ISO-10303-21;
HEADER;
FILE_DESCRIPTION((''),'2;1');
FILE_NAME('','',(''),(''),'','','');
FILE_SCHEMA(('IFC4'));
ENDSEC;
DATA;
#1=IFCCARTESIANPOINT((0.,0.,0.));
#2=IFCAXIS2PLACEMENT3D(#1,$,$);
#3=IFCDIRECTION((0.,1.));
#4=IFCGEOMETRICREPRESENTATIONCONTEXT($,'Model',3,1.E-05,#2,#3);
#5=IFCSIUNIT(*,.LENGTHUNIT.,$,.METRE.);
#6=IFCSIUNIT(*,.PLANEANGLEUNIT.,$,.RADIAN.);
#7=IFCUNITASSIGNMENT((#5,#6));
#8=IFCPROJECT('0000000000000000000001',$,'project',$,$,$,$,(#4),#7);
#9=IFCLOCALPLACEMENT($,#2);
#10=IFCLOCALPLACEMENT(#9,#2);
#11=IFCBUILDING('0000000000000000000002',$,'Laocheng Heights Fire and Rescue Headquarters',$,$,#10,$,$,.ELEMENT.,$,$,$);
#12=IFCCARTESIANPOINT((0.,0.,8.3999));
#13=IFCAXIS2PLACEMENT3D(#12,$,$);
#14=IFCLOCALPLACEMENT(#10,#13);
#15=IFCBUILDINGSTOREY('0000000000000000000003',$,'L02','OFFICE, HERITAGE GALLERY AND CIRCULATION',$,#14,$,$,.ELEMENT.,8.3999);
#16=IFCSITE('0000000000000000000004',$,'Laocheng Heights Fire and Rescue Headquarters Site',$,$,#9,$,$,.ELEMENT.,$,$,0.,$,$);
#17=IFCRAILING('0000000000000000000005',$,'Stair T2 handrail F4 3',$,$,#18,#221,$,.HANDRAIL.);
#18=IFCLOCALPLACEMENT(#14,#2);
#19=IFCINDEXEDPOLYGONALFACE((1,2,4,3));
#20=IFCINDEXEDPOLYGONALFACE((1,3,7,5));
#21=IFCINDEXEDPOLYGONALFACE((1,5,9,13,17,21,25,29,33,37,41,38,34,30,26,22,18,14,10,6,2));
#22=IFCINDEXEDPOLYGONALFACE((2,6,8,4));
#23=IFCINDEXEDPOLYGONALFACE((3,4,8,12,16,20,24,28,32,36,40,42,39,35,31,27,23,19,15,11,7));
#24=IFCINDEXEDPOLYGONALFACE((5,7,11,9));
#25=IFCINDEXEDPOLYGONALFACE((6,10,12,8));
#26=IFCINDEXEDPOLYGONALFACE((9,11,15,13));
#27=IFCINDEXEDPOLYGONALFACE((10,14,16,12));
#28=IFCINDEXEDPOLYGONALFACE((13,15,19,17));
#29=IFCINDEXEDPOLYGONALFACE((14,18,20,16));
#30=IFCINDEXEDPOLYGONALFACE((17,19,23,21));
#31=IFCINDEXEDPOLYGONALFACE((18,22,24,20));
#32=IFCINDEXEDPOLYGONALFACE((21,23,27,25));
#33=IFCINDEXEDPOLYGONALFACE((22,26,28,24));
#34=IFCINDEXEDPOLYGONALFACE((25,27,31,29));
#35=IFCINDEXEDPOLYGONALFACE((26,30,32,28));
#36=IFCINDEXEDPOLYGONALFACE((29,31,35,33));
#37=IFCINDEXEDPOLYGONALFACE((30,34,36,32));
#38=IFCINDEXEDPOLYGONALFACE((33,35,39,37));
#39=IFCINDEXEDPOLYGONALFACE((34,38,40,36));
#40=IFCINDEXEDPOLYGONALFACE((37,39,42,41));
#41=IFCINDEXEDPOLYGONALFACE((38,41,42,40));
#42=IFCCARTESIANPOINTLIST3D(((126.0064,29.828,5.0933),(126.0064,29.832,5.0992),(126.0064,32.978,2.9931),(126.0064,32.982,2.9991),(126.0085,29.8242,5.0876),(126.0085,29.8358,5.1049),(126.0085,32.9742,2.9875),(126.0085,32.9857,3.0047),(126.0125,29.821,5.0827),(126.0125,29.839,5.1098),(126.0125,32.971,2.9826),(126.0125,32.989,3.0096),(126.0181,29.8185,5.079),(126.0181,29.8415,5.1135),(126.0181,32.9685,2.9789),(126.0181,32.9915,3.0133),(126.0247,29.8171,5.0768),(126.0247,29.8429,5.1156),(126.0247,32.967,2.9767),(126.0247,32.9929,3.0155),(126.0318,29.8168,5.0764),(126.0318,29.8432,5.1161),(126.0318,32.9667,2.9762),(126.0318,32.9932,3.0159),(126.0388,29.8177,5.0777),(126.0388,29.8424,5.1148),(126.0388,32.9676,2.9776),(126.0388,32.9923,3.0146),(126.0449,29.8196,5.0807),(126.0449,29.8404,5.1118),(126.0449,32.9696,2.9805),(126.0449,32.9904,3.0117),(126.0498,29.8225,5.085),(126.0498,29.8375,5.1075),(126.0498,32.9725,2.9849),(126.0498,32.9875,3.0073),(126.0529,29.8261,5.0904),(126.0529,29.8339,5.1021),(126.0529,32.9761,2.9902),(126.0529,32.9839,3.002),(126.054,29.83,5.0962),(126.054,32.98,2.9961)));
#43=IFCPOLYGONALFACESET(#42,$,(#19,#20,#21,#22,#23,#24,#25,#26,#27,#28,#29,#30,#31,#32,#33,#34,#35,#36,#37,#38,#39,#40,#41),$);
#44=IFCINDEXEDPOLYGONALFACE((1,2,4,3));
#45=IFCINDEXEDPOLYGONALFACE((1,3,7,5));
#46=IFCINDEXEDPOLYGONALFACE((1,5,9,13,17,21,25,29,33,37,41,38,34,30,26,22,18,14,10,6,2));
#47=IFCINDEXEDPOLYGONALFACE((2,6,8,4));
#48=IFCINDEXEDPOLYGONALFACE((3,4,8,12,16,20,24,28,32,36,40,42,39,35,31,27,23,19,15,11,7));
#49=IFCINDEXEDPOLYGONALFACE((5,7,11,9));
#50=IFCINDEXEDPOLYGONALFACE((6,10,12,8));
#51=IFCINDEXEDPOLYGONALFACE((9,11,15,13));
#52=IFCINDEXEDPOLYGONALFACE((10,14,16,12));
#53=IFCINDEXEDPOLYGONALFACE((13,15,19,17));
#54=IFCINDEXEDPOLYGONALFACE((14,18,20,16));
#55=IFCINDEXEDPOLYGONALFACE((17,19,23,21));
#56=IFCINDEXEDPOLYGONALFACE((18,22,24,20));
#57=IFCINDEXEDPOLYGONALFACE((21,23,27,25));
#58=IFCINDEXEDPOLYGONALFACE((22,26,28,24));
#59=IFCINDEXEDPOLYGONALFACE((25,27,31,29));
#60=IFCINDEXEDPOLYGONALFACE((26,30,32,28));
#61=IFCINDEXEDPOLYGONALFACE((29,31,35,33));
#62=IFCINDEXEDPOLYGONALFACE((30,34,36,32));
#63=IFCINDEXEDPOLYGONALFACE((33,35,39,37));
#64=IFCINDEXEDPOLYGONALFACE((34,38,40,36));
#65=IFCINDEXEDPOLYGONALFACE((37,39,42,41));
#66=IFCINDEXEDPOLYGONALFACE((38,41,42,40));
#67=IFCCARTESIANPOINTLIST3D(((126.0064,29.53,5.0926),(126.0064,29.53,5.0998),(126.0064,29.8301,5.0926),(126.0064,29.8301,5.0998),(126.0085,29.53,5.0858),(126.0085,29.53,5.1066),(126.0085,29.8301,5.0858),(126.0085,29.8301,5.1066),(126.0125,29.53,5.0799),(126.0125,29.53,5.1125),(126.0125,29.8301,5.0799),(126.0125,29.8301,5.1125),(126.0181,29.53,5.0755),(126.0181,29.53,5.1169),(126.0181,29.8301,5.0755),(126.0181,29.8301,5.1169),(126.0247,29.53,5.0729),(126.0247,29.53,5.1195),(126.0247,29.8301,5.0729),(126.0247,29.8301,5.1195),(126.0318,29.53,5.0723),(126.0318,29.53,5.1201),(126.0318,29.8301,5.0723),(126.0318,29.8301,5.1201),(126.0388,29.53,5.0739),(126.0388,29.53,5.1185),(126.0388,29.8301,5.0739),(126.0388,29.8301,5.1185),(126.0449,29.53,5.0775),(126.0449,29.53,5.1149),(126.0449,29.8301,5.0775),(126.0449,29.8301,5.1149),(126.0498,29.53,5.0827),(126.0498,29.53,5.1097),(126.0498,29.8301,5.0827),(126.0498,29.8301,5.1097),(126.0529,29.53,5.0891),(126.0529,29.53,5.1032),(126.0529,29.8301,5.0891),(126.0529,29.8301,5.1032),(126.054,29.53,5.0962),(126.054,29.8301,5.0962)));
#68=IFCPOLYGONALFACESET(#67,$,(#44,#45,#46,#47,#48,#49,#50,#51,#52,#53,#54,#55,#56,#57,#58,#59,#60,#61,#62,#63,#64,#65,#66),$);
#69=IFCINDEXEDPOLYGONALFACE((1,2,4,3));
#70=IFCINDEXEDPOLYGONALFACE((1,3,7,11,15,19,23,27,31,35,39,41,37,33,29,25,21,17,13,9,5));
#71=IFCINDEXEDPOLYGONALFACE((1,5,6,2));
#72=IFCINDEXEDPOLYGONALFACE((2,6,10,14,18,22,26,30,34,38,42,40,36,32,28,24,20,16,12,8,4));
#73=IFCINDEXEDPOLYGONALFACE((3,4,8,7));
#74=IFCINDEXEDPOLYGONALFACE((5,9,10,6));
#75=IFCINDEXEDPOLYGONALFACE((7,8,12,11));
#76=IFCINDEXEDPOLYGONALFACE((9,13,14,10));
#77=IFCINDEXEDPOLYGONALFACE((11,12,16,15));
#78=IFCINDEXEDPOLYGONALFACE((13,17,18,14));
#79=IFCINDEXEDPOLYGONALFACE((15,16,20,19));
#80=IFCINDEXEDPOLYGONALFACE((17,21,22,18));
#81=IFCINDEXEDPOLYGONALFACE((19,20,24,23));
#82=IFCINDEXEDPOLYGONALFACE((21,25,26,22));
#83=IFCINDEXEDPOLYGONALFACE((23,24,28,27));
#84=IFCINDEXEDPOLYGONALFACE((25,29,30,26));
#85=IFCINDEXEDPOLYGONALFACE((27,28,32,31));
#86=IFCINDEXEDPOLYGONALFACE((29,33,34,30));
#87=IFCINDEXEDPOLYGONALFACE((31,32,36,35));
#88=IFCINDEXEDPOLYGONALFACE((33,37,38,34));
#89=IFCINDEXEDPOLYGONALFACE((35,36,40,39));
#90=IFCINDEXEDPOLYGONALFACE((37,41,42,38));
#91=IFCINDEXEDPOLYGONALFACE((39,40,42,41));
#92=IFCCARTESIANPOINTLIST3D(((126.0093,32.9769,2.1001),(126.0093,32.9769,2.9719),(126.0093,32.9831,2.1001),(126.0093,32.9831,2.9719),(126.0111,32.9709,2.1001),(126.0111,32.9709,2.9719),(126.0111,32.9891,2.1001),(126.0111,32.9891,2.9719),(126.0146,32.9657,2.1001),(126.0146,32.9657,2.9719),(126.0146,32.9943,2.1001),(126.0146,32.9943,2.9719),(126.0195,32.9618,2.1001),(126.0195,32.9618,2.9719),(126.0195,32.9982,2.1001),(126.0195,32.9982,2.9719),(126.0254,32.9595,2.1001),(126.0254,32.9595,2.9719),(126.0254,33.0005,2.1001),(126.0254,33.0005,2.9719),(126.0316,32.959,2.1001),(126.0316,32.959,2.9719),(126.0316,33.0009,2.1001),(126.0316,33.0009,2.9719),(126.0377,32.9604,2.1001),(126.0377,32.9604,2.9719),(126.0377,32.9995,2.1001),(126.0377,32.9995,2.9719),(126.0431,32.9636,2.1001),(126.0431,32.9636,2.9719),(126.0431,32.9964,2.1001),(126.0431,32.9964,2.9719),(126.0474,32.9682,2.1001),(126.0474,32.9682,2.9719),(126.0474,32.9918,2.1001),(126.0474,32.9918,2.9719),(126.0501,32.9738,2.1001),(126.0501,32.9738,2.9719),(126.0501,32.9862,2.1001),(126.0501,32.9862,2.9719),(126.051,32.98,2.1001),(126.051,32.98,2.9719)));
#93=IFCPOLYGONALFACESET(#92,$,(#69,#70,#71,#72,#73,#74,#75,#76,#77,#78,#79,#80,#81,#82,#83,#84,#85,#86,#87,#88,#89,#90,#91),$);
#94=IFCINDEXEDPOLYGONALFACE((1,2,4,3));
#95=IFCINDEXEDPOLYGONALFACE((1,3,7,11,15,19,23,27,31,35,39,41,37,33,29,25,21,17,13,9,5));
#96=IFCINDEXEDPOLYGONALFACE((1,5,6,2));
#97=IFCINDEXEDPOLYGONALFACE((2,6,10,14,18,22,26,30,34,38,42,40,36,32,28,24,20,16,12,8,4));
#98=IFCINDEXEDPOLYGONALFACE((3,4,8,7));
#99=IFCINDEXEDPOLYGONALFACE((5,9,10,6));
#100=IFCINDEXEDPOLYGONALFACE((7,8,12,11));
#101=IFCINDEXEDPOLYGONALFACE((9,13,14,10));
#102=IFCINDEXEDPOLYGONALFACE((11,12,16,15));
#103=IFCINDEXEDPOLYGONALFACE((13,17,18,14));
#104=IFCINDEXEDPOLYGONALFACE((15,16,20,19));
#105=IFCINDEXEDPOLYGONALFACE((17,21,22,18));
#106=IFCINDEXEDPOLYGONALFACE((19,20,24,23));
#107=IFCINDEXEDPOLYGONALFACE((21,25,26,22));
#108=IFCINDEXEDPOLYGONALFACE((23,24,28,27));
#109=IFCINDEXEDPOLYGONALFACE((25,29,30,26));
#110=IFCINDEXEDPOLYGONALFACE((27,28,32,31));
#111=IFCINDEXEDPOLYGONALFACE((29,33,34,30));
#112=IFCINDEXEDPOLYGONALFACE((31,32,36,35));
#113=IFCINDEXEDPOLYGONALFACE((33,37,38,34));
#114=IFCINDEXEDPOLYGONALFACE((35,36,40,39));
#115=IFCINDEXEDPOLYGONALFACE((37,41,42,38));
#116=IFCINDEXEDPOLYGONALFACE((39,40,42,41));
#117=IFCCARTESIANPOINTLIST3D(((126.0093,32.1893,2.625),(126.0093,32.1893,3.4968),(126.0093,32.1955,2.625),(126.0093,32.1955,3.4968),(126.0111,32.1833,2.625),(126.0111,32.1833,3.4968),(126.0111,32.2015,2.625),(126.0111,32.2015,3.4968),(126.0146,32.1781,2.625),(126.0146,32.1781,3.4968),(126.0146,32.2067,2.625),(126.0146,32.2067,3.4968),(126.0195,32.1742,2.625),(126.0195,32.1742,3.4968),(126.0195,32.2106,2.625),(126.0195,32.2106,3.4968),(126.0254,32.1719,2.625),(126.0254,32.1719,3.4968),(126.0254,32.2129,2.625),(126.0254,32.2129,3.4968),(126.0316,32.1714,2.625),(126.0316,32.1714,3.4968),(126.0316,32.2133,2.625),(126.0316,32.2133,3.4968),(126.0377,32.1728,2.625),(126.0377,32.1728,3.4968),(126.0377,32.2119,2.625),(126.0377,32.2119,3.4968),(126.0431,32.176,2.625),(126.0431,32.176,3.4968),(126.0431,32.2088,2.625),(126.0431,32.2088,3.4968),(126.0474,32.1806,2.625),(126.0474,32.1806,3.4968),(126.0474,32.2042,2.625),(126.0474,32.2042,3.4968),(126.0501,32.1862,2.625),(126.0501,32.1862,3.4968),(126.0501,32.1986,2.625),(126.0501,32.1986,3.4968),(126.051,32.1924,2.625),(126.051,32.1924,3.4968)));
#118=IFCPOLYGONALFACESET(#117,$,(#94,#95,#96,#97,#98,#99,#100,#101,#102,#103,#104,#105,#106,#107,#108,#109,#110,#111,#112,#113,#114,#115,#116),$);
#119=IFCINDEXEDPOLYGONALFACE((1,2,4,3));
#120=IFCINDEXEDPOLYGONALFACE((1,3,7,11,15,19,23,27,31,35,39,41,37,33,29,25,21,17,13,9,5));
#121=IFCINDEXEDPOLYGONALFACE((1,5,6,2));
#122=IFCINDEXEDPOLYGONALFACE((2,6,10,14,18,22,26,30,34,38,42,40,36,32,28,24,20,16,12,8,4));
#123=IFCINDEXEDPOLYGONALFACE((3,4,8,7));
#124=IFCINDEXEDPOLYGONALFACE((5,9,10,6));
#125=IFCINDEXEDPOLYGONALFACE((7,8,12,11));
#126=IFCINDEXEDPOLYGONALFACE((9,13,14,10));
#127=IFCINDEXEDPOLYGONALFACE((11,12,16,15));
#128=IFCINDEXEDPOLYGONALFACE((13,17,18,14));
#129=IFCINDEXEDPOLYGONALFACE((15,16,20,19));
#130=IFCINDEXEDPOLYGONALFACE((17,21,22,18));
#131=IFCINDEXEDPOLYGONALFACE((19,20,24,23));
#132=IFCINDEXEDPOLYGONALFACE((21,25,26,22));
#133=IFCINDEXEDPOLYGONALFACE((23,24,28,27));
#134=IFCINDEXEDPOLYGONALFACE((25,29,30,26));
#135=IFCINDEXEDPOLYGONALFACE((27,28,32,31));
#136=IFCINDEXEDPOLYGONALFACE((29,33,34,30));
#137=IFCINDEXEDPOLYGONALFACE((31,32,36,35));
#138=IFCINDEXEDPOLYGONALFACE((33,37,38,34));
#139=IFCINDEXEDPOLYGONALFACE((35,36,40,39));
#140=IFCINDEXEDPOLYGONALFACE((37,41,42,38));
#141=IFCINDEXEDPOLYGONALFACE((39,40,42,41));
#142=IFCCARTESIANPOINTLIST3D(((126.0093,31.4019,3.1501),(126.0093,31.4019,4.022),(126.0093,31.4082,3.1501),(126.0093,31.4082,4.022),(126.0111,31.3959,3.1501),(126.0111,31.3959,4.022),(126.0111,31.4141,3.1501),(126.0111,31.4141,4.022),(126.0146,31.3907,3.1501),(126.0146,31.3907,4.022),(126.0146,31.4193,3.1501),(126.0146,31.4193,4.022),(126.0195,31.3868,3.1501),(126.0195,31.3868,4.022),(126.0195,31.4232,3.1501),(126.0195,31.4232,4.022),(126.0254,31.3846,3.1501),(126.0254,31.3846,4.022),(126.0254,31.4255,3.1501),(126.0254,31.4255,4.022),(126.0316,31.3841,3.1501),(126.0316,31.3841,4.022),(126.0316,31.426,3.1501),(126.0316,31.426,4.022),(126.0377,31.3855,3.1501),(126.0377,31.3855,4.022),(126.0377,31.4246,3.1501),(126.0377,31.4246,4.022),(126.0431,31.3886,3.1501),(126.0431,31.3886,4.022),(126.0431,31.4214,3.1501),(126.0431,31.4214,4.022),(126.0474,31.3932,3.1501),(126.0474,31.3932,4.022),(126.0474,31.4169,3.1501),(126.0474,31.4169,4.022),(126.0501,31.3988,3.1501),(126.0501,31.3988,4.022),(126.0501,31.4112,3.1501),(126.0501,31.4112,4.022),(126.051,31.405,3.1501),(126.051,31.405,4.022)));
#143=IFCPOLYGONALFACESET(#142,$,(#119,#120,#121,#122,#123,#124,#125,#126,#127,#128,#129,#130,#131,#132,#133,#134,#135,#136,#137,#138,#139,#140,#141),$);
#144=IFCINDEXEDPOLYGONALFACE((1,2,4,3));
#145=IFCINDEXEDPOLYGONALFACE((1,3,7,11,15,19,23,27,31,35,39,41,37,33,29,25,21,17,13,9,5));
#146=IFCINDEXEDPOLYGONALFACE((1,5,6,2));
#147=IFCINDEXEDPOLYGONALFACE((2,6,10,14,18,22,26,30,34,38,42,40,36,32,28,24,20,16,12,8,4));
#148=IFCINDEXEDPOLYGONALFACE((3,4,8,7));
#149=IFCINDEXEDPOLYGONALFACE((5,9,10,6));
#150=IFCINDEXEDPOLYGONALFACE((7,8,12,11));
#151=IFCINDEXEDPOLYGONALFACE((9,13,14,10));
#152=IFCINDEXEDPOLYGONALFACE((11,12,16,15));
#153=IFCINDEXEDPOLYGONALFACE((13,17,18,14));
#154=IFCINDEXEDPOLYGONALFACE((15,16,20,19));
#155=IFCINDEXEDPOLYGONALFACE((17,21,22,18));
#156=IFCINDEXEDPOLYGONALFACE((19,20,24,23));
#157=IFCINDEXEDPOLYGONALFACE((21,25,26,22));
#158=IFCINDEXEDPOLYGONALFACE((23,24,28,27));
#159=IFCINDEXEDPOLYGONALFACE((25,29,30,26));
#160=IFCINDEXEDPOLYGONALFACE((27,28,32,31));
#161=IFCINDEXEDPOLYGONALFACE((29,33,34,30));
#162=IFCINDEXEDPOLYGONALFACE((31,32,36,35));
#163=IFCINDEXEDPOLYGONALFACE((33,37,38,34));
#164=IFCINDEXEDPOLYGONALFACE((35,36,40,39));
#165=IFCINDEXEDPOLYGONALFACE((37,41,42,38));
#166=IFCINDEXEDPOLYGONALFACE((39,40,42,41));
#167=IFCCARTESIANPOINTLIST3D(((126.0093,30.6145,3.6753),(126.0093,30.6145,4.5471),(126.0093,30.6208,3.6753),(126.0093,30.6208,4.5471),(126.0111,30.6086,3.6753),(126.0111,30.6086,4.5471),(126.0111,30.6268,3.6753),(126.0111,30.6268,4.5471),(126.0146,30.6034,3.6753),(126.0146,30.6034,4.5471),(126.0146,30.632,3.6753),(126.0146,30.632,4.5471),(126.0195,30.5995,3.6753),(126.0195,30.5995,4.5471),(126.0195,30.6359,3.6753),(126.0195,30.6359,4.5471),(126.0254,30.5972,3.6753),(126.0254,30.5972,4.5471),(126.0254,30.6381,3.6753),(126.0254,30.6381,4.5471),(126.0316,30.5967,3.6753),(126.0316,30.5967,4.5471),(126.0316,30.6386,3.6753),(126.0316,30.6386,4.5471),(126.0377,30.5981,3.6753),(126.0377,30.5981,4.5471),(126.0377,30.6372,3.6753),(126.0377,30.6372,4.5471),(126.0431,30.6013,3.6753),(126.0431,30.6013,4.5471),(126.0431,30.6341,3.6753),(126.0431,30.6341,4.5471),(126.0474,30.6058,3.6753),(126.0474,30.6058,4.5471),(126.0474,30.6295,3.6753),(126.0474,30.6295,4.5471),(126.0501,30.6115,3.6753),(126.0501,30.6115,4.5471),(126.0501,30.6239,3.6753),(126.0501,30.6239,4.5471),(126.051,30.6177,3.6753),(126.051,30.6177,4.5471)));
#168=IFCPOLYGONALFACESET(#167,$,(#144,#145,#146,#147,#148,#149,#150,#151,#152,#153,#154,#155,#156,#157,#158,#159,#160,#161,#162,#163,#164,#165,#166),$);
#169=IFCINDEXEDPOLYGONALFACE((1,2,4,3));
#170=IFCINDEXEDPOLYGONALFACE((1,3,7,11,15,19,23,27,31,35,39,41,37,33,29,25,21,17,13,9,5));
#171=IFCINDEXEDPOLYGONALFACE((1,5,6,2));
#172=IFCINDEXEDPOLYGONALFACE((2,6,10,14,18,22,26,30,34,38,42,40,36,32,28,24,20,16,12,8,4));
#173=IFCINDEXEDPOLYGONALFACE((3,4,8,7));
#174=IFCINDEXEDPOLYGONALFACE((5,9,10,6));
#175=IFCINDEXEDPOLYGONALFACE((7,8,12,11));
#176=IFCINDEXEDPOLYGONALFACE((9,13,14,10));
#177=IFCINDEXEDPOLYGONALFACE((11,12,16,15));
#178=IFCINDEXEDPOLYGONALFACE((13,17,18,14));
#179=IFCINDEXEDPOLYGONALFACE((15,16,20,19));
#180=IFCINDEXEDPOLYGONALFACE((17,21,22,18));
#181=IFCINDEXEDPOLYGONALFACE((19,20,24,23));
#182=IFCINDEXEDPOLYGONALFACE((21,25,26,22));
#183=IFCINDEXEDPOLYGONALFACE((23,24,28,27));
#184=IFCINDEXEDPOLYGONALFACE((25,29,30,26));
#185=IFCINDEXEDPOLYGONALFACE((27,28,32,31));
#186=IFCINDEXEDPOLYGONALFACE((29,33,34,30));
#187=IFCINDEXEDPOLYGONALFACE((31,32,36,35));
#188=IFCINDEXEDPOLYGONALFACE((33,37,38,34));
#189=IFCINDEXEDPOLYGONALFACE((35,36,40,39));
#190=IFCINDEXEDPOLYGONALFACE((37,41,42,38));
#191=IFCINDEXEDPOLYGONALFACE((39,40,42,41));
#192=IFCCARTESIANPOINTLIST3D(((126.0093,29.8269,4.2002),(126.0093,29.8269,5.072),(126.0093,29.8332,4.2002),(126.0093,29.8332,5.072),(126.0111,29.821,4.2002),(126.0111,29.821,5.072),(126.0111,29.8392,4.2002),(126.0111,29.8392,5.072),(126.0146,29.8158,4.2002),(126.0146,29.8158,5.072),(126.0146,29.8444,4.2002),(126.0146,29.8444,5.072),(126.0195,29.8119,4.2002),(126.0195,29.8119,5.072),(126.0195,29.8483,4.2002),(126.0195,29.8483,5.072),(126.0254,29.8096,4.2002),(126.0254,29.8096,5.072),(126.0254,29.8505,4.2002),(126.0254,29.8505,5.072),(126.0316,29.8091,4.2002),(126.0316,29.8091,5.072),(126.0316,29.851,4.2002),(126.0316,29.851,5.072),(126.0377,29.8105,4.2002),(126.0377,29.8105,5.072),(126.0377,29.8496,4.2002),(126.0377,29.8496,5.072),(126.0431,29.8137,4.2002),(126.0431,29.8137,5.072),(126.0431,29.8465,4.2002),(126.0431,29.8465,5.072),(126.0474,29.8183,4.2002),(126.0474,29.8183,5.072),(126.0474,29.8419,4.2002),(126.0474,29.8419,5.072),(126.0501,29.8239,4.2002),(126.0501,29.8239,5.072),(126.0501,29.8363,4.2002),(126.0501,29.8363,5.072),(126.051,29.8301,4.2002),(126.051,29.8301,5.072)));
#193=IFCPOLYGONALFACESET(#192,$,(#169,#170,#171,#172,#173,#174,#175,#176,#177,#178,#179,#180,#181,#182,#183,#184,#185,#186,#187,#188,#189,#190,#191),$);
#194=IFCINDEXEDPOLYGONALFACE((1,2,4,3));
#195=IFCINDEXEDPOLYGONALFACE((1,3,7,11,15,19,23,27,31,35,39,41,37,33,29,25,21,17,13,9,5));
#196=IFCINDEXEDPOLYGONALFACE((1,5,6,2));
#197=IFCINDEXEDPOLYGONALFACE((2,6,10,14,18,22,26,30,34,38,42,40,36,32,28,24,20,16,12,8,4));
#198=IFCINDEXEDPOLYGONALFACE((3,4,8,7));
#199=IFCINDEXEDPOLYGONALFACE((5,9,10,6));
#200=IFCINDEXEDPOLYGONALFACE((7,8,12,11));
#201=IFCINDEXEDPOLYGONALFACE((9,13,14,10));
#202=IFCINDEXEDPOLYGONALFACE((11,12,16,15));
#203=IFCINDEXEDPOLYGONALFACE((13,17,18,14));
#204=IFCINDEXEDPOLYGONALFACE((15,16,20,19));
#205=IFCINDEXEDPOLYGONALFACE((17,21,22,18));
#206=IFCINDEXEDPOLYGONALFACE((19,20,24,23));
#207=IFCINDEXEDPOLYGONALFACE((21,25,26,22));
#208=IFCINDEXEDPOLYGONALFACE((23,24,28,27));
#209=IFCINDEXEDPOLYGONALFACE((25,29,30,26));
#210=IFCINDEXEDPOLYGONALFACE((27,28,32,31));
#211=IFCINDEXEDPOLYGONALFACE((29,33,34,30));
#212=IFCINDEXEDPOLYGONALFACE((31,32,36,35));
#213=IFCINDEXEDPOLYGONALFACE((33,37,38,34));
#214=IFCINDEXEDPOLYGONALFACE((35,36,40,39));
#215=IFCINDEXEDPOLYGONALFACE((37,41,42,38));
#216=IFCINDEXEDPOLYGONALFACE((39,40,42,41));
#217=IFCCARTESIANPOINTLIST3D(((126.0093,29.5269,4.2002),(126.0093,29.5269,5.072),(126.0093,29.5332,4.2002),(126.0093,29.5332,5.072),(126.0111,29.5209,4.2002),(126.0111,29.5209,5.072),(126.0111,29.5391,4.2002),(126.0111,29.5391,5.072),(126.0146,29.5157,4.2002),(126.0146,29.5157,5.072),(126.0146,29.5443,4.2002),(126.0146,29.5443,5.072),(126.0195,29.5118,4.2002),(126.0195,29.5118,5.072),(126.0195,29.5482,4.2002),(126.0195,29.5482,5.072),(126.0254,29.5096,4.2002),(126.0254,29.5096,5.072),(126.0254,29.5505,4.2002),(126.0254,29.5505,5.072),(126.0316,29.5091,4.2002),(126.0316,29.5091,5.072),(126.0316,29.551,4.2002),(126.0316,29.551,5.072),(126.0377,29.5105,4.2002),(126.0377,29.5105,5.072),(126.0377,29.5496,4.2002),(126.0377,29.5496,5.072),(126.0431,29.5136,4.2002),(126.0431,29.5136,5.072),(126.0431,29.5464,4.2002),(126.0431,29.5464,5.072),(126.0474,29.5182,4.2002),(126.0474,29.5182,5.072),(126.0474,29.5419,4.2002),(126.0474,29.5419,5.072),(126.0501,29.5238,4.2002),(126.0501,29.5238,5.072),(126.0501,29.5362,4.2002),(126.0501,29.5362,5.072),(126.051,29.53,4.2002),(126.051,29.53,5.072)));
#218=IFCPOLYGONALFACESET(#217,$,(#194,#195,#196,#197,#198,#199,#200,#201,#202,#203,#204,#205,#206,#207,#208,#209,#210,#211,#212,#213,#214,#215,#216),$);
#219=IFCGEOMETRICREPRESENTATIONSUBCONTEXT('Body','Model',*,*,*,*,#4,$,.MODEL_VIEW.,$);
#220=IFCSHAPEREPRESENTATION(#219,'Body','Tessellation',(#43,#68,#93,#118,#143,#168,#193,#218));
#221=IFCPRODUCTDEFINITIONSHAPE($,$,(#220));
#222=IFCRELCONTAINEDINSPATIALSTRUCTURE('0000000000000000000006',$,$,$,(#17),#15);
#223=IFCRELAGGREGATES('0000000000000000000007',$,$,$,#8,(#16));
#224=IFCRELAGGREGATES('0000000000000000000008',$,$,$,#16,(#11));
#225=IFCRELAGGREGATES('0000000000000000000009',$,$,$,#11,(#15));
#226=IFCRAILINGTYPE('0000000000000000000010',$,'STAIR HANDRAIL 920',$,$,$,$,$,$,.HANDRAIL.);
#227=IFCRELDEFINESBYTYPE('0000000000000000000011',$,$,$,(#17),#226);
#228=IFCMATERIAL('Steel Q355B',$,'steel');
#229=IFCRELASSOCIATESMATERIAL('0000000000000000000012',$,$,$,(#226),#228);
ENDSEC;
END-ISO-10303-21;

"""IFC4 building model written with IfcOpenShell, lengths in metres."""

from ifc_helpers import new_model, si_unit, direction, frame, origin, origin_2d, place, context, subcontext, project, spatial, circle, extrude, material, type_object, element, save


model = new_model("IFC4")

# Units and contexts
model_context = context("Model", 3, precision=1e-05, world=origin(), true_north=direction((0.0, 1.0)))
body_context = subcontext(model_context, "Body", "Model", "MODEL_VIEW")
ifc_project = project(units=[si_unit("LENGTHUNIT", "METRE"), si_unit("PLANEANGLEUNIT", "RADIAN")], contexts=[model_context])

# Site, building, storey
site_placement = place(None, origin())
site = spatial("IfcSite", under=ifc_project, at=site_placement, Name="Laocheng Heights Fire and Rescue Headquarters Site", CompositionType="ELEMENT", RefElevation=0.0)
building_placement = place(site_placement, origin())
building = spatial("IfcBuilding", under=site, at=building_placement, Name="Laocheng Heights Fire and Rescue Headquarters", CompositionType="ELEMENT")
storey_placement = place(building_placement, frame((0.0, 0.0, 8.3999)))
storey = spatial("IfcBuildingStorey", under=building, at=storey_placement, Name="L02", Description="OFFICE, HERITAGE GALLERY AND CIRCULATION", CompositionType="ELEMENT", Elevation=8.3999)

# Railing
ifc_material_1 = material(Name="Steel Q355B", Category="steel")
railing_type_1 = type_object("IfcRailingType", Name="STAIR HANDRAIL 920", PredefinedType="HANDRAIL", material=ifc_material_1)
railing_1_placement = place(storey_placement, frame((126.03, 32.98, 2.1001)))
element("IfcRailing", 1, at=railing_1_placement, inside=storey, type_object=railing_type_1, Name="Stair T2 handrail F4 3", PredefinedType="HANDRAIL", context=body_context, shape_type="SweptSolid", body=[
    extrude(circle(Radius=0.0239, at=origin_2d()), frame((0.0, 0.0, 0.896), z_axis=(0.0, -0.83203, 0.55473), x_axis=(1.0, 0.0, 0.0)), (0.0, 0.0, 1.0), 3.7859),
    extrude(circle(Radius=0.0239, at=origin_2d()), frame((0.0, -3.1499, 2.9961), z_axis=(0.0, -1.0, 0.0), x_axis=(1.0, 0.0, 0.0)), (0.0, 0.0, 1.0), 0.3),
    extrude(circle(Radius=0.021, at=origin_2d()), origin(), (0.0, 0.0, 1.0), 0.8718),
    extrude(circle(Radius=0.021, at=origin_2d()), frame((0.0, -0.7876, 0.5249)), (0.0, 0.0, 1.0), 0.8718),
    extrude(circle(Radius=0.021, at=origin_2d()), frame((0.0, -1.575, 1.05)), (0.0, 0.0, 1.0), 0.8718),
    extrude(circle(Radius=0.021, at=origin_2d()), frame((0.0, -2.3623, 1.5752)), (0.0, 0.0, 1.0), 0.8718),
    extrude(circle(Radius=0.021, at=origin_2d()), frame((0.0, -3.1499, 2.1001)), (0.0, 0.0, 1.0), 0.8718),
    extrude(circle(Radius=0.021, at=origin_2d()), frame((0.0, -3.45, 2.1001)), (0.0, 0.0, 1.0), 0.8718),
])

save(model, "model.ifc")
